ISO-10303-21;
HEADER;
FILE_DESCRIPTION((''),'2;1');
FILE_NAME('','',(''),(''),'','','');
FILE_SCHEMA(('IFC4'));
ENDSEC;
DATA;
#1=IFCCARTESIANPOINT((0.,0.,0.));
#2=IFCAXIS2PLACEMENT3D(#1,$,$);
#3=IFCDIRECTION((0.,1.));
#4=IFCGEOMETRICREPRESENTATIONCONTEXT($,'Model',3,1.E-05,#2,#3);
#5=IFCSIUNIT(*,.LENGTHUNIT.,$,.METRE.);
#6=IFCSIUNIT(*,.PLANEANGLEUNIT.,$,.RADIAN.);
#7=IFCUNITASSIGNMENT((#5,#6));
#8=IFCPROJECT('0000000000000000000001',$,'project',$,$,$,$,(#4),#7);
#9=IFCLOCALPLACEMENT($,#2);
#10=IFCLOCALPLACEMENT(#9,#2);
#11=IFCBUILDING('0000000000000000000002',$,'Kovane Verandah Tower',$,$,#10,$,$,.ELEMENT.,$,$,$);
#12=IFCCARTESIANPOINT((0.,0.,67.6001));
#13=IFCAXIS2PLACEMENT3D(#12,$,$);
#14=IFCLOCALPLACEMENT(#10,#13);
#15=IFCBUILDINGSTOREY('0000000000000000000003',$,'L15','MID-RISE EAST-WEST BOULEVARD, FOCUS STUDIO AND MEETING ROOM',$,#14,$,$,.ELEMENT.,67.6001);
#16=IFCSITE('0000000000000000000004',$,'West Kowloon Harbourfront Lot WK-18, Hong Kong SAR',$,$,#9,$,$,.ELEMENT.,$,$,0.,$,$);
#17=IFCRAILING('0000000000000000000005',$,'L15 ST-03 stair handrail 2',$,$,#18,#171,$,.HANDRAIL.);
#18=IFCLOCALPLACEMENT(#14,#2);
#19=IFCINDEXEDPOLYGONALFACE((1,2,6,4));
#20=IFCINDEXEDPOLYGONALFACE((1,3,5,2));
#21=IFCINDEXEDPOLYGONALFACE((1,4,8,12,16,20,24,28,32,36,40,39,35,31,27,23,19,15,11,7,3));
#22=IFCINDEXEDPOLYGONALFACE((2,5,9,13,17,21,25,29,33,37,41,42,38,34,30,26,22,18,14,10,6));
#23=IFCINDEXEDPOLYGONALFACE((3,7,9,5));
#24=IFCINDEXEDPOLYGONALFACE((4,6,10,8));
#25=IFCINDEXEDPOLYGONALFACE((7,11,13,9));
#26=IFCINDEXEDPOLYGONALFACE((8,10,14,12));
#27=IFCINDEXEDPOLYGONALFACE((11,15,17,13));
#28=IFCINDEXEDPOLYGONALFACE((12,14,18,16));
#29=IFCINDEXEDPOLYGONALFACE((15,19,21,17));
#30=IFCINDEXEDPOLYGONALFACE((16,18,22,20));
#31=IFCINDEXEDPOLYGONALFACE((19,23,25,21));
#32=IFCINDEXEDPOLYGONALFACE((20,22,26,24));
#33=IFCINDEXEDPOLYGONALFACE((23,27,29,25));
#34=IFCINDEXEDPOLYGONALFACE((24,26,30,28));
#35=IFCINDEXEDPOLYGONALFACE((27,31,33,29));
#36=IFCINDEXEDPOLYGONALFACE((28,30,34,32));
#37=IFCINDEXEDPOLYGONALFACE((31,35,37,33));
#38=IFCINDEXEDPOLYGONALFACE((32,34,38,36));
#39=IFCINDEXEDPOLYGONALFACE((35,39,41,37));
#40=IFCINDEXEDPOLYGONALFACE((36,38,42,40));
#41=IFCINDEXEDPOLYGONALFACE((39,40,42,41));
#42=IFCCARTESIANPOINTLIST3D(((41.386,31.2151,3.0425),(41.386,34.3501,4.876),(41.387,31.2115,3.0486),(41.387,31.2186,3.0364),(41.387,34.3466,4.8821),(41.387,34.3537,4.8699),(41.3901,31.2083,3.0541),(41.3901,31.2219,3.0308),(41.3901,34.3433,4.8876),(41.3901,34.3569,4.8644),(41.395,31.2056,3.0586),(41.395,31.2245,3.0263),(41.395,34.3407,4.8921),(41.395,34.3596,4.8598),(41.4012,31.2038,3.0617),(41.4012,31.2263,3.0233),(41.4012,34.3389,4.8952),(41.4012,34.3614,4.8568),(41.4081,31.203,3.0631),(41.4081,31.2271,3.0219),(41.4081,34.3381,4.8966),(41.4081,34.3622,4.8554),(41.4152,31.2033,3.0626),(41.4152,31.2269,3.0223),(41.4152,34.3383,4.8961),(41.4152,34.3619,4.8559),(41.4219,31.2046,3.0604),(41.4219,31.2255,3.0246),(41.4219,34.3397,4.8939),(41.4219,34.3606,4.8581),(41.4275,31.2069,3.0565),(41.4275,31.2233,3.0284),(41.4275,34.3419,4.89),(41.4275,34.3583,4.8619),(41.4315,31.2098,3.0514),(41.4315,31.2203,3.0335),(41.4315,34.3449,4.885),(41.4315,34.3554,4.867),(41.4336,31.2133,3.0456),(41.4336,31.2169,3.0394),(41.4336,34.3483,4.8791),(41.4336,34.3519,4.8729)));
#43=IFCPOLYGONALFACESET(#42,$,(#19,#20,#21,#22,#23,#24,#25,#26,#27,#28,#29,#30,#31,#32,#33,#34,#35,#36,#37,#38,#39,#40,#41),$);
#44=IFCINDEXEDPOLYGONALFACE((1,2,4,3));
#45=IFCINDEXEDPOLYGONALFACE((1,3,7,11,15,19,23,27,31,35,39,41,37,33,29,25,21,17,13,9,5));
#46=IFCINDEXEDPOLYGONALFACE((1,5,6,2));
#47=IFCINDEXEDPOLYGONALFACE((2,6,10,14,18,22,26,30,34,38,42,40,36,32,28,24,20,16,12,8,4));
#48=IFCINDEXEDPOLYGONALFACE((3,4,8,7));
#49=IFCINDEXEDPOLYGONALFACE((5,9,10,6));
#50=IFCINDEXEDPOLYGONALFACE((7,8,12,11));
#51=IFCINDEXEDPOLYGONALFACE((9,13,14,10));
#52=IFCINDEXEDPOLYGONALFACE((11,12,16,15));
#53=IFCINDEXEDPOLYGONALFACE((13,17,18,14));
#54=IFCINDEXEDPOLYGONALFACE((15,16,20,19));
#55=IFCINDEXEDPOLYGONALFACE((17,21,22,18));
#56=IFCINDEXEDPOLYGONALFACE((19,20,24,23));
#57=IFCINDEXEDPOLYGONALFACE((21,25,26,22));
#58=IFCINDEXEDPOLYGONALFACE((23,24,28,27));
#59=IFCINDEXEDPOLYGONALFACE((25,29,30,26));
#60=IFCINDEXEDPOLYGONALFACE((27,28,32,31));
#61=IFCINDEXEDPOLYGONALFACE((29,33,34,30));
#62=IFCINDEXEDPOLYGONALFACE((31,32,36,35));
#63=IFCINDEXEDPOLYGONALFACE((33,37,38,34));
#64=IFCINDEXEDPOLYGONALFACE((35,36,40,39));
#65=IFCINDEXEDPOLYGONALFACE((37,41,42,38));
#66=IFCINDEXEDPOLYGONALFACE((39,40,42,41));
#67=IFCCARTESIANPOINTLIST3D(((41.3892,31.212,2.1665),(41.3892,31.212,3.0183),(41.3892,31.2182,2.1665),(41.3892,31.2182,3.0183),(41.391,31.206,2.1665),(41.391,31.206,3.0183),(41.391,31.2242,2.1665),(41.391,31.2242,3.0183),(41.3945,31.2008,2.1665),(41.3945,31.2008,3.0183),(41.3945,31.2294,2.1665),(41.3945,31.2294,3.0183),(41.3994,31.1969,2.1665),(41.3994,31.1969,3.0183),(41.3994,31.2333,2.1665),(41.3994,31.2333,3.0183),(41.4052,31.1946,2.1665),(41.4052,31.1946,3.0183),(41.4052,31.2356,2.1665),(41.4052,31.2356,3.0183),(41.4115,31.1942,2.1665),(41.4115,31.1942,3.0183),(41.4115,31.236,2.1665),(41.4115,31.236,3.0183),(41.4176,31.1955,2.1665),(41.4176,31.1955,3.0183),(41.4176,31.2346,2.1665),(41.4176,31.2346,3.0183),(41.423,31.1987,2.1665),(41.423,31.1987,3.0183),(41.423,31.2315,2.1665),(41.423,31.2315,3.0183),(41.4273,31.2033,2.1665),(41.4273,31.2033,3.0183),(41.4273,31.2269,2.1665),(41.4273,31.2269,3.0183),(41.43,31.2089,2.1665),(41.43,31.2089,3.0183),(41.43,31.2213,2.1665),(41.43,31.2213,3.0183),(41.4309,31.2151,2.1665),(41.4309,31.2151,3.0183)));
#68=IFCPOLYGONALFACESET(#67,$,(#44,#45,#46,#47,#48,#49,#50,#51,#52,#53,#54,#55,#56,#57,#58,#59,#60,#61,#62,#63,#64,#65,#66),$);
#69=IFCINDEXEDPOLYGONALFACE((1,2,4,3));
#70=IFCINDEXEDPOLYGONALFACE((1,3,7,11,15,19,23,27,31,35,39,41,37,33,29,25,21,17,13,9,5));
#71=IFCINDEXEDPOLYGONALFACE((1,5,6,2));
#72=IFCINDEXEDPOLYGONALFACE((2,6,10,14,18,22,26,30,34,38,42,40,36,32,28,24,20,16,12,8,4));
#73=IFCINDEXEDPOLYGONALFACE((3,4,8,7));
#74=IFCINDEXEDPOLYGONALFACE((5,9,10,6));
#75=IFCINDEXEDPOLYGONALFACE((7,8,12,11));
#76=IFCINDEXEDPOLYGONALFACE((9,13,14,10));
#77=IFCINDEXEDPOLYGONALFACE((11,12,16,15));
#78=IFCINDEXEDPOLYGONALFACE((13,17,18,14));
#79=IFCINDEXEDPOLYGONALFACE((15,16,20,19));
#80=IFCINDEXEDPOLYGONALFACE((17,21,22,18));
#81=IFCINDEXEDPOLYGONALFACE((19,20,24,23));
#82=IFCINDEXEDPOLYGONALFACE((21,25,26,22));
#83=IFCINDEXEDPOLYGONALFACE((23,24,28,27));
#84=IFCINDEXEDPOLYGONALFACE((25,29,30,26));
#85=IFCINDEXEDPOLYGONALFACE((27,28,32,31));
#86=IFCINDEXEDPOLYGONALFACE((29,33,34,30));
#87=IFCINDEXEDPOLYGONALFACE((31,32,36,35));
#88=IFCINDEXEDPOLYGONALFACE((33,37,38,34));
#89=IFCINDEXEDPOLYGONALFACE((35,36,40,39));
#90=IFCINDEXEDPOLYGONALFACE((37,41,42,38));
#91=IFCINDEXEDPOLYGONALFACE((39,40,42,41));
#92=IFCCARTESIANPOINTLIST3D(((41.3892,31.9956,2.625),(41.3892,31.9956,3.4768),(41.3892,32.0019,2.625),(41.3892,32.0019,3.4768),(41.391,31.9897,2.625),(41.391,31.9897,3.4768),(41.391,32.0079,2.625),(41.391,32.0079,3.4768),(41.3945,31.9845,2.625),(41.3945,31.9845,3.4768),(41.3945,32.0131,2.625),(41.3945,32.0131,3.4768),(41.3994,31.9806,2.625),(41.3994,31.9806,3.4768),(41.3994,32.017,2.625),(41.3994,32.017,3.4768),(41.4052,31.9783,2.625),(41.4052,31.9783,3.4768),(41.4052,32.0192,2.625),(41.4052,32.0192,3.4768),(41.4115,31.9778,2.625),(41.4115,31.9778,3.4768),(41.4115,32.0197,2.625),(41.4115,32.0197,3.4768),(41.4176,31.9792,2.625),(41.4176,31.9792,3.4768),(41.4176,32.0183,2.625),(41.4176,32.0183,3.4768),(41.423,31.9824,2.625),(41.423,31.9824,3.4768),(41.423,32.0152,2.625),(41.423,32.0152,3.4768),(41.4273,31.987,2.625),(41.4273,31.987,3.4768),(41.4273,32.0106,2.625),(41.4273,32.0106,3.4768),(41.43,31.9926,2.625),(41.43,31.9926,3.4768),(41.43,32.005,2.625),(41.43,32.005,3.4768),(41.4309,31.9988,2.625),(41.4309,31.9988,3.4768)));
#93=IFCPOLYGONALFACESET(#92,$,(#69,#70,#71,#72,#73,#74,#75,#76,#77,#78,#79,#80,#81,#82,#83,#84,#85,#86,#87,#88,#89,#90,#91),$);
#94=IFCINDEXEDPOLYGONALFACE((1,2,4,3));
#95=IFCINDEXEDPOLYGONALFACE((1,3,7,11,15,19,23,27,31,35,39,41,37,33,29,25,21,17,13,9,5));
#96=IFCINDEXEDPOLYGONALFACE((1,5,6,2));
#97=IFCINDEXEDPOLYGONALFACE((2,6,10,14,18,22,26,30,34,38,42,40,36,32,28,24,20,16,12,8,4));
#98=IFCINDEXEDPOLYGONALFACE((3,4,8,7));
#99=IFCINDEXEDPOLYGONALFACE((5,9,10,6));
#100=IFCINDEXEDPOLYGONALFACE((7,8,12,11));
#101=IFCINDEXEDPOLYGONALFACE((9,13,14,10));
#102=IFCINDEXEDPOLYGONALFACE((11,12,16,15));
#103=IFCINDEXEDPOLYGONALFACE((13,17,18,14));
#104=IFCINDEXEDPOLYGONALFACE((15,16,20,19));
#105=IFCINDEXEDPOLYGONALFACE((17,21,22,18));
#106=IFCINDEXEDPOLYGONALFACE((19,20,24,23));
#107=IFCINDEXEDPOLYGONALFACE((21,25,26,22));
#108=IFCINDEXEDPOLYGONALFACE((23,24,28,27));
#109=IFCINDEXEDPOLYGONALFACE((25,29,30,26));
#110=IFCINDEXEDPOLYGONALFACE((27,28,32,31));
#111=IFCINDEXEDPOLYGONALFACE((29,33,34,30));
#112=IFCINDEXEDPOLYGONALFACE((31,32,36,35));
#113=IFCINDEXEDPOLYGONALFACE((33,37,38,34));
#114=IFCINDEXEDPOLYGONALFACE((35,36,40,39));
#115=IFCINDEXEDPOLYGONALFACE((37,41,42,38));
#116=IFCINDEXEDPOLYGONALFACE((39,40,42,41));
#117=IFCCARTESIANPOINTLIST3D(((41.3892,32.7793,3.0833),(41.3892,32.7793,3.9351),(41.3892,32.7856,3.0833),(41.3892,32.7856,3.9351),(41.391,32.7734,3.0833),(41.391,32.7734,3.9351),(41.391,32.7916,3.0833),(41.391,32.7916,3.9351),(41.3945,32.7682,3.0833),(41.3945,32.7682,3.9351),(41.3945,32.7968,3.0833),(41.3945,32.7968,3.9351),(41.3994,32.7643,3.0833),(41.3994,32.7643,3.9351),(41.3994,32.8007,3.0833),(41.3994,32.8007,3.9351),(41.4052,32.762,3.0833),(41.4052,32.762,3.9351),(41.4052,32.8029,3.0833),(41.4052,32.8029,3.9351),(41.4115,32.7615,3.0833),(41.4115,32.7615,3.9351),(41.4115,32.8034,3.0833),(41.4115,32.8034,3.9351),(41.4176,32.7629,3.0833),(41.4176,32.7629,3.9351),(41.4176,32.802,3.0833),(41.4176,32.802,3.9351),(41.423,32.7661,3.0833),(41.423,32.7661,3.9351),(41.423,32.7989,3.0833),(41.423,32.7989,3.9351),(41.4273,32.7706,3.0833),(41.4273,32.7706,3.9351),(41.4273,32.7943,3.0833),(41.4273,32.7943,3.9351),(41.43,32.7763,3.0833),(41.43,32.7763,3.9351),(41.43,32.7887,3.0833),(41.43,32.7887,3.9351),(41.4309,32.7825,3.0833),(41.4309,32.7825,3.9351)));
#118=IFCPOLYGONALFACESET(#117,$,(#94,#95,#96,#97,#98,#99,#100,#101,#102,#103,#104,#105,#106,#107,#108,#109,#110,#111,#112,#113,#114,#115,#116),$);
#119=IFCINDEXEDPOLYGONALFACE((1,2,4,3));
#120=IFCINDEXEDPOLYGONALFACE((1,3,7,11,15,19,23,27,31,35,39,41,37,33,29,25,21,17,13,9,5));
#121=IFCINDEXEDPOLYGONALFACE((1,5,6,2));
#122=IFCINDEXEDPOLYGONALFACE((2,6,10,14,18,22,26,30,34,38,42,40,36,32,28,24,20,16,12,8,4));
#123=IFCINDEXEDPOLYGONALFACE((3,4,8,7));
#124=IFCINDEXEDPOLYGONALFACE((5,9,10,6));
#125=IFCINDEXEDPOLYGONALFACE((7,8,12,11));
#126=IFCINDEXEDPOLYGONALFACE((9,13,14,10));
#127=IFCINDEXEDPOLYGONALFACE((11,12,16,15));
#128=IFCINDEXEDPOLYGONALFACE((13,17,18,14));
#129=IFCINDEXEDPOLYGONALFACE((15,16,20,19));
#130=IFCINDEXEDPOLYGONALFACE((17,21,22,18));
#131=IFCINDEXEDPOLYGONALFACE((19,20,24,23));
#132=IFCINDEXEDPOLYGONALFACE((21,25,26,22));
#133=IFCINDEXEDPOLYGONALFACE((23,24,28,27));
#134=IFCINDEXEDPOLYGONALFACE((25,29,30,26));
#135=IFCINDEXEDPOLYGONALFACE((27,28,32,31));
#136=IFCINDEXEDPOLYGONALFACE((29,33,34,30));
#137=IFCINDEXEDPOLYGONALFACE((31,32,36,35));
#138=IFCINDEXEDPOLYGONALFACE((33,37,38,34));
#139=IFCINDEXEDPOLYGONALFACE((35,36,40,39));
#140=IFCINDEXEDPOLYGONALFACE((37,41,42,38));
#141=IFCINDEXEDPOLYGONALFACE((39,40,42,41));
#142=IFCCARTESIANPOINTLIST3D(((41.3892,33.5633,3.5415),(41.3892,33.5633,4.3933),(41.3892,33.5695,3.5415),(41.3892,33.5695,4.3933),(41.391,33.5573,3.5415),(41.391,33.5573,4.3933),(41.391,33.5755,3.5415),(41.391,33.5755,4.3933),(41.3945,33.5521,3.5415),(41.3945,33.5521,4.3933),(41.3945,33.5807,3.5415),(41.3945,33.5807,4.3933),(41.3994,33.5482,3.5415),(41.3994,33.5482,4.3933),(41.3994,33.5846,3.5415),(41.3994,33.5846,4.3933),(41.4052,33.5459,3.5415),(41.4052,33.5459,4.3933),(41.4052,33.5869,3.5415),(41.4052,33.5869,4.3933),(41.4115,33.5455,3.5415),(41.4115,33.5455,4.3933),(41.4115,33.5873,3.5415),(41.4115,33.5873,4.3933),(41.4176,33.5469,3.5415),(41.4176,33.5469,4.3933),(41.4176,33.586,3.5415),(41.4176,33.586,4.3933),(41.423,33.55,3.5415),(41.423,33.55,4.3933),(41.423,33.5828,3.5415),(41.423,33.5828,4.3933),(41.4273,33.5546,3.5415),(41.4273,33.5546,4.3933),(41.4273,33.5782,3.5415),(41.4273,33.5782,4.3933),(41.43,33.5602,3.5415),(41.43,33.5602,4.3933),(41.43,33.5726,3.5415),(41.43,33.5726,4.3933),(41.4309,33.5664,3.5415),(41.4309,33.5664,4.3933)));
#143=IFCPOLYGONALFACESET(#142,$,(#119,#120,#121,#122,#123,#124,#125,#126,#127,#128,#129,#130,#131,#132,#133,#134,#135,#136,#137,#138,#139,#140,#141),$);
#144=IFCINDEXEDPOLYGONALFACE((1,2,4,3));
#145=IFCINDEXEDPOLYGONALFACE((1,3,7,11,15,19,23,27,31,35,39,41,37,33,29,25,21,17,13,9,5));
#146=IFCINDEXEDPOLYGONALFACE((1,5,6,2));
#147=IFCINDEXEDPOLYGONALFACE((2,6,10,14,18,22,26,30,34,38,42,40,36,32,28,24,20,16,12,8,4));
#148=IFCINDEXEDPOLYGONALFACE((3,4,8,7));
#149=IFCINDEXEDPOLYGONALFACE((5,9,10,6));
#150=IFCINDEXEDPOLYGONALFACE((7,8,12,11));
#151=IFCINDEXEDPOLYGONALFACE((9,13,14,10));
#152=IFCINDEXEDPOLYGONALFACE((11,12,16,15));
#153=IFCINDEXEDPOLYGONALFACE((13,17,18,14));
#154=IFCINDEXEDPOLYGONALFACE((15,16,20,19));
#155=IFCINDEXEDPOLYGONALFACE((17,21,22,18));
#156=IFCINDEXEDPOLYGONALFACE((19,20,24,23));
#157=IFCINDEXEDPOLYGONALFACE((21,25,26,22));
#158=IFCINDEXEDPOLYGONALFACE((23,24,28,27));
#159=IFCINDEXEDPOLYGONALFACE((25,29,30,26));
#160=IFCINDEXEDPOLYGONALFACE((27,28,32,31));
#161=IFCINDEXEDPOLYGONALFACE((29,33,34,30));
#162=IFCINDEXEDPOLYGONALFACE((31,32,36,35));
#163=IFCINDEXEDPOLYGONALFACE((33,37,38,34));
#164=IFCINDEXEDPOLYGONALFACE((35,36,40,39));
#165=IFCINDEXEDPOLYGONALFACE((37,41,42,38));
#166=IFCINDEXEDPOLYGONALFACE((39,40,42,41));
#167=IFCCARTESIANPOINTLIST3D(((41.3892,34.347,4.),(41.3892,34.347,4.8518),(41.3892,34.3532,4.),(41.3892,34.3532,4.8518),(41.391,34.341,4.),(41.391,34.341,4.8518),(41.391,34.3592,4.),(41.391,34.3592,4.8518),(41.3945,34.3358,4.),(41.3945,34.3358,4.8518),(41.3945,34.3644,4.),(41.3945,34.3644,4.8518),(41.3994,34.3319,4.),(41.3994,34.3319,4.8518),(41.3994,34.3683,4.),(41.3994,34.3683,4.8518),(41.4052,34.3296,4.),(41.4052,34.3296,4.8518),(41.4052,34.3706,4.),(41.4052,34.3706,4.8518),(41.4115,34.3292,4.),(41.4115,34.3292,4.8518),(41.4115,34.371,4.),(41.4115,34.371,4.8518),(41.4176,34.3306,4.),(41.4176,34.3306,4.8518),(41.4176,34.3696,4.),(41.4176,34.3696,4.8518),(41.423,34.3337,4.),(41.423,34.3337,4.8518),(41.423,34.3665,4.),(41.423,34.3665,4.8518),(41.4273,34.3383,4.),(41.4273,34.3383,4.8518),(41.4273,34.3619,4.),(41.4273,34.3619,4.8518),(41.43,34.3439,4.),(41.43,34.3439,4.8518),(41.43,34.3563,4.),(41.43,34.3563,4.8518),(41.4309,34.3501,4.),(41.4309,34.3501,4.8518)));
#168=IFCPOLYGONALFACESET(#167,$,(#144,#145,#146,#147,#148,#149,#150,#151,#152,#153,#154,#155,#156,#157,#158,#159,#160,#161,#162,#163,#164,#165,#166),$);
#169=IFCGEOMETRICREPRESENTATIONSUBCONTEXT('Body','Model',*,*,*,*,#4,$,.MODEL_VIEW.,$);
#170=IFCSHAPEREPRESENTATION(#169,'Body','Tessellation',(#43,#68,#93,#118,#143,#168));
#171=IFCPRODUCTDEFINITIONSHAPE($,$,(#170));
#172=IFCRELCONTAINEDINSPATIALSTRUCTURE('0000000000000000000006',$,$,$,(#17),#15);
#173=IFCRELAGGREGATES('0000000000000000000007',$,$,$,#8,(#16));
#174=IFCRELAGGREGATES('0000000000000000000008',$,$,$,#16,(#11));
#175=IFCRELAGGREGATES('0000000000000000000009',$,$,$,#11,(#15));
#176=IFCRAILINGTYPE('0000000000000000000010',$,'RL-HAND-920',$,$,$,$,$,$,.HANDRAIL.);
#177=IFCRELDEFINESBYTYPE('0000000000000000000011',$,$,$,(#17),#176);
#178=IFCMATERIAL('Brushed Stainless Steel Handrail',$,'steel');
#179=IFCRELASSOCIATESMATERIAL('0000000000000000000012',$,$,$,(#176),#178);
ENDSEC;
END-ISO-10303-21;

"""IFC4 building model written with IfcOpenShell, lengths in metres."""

from ifc_helpers import new_model, si_unit, direction, frame, origin, origin_2d, place, context, subcontext, project, spatial, circle, extrude, material, type_object, element, save


model = new_model("IFC4")

# Units and contexts
model_context = context("Model", 3, precision=1e-05, world=origin(), true_north=direction((0.0, 1.0)))
body_context = subcontext(model_context, "Body", "Model", "MODEL_VIEW")
ifc_project = project(units=[si_unit("LENGTHUNIT", "METRE"), si_unit("PLANEANGLEUNIT", "RADIAN")], contexts=[model_context])

# Site, building, storey
site_placement = place(None, origin())
site = spatial("IfcSite", under=ifc_project, at=site_placement, Name="West Kowloon Harbourfront Lot WK-18, Hong Kong SAR", CompositionType="ELEMENT", RefElevation=0.0)
building_placement = place(site_placement, origin())
building = spatial("IfcBuilding", under=site, at=building_placement, Name="Kovane Verandah Tower", CompositionType="ELEMENT")
storey_placement = place(building_placement, frame((0.0, 0.0, 67.6001)))
storey = spatial("IfcBuildingStorey", under=building, at=storey_placement, Name="L15", Description="MID-RISE EAST-WEST BOULEVARD, FOCUS STUDIO AND MEETING ROOM", CompositionType="ELEMENT", Elevation=67.6001)

# Railing
ifc_material_1 = material(Name="Brushed Stainless Steel Handrail", Category="steel")
railing_type_1 = type_object("IfcRailingType", Name="RL-HAND-920", PredefinedType="HANDRAIL", material=ifc_material_1)
railing_1_placement = place(storey_placement, frame((41.4099, 31.2151, 2.1665)))
element("IfcRailing", 1, at=railing_1_placement, inside=storey, type_object=railing_type_1, Name="L15 ST-03 stair handrail 2", PredefinedType="HANDRAIL", context=body_context, shape_type="SweptSolid", body=[
    extrude(circle(Radius=0.0239, at=origin_2d()), frame((0.0, 0.0, 0.876), z_axis=(0.0, 0.86321, 0.504845), x_axis=(-1.0, 0.0, 0.0)), (0.0, 0.0, 1.0), 3.6318),
    extrude(circle(Radius=0.021, at=origin_2d()), origin(), (0.0, 0.0, 1.0), 0.8518),
    extrude(circle(Radius=0.021, at=origin_2d()), frame((0.0, 0.7837, 0.4585)), (0.0, 0.0, 1.0), 0.8518),
    extrude(circle(Radius=0.021, at=origin_2d()), frame((0.0, 1.5674, 0.9167)), (0.0, 0.0, 1.0), 0.8518),
    extrude(circle(Radius=0.021, at=origin_2d()), frame((0.0, 2.3513, 1.375)), (0.0, 0.0, 1.0), 0.8518),
    extrude(circle(Radius=0.021, at=origin_2d()), frame((0.0, 3.135, 1.8335)), (0.0, 0.0, 1.0), 0.8518),
])

save(model, "model.ifc")
